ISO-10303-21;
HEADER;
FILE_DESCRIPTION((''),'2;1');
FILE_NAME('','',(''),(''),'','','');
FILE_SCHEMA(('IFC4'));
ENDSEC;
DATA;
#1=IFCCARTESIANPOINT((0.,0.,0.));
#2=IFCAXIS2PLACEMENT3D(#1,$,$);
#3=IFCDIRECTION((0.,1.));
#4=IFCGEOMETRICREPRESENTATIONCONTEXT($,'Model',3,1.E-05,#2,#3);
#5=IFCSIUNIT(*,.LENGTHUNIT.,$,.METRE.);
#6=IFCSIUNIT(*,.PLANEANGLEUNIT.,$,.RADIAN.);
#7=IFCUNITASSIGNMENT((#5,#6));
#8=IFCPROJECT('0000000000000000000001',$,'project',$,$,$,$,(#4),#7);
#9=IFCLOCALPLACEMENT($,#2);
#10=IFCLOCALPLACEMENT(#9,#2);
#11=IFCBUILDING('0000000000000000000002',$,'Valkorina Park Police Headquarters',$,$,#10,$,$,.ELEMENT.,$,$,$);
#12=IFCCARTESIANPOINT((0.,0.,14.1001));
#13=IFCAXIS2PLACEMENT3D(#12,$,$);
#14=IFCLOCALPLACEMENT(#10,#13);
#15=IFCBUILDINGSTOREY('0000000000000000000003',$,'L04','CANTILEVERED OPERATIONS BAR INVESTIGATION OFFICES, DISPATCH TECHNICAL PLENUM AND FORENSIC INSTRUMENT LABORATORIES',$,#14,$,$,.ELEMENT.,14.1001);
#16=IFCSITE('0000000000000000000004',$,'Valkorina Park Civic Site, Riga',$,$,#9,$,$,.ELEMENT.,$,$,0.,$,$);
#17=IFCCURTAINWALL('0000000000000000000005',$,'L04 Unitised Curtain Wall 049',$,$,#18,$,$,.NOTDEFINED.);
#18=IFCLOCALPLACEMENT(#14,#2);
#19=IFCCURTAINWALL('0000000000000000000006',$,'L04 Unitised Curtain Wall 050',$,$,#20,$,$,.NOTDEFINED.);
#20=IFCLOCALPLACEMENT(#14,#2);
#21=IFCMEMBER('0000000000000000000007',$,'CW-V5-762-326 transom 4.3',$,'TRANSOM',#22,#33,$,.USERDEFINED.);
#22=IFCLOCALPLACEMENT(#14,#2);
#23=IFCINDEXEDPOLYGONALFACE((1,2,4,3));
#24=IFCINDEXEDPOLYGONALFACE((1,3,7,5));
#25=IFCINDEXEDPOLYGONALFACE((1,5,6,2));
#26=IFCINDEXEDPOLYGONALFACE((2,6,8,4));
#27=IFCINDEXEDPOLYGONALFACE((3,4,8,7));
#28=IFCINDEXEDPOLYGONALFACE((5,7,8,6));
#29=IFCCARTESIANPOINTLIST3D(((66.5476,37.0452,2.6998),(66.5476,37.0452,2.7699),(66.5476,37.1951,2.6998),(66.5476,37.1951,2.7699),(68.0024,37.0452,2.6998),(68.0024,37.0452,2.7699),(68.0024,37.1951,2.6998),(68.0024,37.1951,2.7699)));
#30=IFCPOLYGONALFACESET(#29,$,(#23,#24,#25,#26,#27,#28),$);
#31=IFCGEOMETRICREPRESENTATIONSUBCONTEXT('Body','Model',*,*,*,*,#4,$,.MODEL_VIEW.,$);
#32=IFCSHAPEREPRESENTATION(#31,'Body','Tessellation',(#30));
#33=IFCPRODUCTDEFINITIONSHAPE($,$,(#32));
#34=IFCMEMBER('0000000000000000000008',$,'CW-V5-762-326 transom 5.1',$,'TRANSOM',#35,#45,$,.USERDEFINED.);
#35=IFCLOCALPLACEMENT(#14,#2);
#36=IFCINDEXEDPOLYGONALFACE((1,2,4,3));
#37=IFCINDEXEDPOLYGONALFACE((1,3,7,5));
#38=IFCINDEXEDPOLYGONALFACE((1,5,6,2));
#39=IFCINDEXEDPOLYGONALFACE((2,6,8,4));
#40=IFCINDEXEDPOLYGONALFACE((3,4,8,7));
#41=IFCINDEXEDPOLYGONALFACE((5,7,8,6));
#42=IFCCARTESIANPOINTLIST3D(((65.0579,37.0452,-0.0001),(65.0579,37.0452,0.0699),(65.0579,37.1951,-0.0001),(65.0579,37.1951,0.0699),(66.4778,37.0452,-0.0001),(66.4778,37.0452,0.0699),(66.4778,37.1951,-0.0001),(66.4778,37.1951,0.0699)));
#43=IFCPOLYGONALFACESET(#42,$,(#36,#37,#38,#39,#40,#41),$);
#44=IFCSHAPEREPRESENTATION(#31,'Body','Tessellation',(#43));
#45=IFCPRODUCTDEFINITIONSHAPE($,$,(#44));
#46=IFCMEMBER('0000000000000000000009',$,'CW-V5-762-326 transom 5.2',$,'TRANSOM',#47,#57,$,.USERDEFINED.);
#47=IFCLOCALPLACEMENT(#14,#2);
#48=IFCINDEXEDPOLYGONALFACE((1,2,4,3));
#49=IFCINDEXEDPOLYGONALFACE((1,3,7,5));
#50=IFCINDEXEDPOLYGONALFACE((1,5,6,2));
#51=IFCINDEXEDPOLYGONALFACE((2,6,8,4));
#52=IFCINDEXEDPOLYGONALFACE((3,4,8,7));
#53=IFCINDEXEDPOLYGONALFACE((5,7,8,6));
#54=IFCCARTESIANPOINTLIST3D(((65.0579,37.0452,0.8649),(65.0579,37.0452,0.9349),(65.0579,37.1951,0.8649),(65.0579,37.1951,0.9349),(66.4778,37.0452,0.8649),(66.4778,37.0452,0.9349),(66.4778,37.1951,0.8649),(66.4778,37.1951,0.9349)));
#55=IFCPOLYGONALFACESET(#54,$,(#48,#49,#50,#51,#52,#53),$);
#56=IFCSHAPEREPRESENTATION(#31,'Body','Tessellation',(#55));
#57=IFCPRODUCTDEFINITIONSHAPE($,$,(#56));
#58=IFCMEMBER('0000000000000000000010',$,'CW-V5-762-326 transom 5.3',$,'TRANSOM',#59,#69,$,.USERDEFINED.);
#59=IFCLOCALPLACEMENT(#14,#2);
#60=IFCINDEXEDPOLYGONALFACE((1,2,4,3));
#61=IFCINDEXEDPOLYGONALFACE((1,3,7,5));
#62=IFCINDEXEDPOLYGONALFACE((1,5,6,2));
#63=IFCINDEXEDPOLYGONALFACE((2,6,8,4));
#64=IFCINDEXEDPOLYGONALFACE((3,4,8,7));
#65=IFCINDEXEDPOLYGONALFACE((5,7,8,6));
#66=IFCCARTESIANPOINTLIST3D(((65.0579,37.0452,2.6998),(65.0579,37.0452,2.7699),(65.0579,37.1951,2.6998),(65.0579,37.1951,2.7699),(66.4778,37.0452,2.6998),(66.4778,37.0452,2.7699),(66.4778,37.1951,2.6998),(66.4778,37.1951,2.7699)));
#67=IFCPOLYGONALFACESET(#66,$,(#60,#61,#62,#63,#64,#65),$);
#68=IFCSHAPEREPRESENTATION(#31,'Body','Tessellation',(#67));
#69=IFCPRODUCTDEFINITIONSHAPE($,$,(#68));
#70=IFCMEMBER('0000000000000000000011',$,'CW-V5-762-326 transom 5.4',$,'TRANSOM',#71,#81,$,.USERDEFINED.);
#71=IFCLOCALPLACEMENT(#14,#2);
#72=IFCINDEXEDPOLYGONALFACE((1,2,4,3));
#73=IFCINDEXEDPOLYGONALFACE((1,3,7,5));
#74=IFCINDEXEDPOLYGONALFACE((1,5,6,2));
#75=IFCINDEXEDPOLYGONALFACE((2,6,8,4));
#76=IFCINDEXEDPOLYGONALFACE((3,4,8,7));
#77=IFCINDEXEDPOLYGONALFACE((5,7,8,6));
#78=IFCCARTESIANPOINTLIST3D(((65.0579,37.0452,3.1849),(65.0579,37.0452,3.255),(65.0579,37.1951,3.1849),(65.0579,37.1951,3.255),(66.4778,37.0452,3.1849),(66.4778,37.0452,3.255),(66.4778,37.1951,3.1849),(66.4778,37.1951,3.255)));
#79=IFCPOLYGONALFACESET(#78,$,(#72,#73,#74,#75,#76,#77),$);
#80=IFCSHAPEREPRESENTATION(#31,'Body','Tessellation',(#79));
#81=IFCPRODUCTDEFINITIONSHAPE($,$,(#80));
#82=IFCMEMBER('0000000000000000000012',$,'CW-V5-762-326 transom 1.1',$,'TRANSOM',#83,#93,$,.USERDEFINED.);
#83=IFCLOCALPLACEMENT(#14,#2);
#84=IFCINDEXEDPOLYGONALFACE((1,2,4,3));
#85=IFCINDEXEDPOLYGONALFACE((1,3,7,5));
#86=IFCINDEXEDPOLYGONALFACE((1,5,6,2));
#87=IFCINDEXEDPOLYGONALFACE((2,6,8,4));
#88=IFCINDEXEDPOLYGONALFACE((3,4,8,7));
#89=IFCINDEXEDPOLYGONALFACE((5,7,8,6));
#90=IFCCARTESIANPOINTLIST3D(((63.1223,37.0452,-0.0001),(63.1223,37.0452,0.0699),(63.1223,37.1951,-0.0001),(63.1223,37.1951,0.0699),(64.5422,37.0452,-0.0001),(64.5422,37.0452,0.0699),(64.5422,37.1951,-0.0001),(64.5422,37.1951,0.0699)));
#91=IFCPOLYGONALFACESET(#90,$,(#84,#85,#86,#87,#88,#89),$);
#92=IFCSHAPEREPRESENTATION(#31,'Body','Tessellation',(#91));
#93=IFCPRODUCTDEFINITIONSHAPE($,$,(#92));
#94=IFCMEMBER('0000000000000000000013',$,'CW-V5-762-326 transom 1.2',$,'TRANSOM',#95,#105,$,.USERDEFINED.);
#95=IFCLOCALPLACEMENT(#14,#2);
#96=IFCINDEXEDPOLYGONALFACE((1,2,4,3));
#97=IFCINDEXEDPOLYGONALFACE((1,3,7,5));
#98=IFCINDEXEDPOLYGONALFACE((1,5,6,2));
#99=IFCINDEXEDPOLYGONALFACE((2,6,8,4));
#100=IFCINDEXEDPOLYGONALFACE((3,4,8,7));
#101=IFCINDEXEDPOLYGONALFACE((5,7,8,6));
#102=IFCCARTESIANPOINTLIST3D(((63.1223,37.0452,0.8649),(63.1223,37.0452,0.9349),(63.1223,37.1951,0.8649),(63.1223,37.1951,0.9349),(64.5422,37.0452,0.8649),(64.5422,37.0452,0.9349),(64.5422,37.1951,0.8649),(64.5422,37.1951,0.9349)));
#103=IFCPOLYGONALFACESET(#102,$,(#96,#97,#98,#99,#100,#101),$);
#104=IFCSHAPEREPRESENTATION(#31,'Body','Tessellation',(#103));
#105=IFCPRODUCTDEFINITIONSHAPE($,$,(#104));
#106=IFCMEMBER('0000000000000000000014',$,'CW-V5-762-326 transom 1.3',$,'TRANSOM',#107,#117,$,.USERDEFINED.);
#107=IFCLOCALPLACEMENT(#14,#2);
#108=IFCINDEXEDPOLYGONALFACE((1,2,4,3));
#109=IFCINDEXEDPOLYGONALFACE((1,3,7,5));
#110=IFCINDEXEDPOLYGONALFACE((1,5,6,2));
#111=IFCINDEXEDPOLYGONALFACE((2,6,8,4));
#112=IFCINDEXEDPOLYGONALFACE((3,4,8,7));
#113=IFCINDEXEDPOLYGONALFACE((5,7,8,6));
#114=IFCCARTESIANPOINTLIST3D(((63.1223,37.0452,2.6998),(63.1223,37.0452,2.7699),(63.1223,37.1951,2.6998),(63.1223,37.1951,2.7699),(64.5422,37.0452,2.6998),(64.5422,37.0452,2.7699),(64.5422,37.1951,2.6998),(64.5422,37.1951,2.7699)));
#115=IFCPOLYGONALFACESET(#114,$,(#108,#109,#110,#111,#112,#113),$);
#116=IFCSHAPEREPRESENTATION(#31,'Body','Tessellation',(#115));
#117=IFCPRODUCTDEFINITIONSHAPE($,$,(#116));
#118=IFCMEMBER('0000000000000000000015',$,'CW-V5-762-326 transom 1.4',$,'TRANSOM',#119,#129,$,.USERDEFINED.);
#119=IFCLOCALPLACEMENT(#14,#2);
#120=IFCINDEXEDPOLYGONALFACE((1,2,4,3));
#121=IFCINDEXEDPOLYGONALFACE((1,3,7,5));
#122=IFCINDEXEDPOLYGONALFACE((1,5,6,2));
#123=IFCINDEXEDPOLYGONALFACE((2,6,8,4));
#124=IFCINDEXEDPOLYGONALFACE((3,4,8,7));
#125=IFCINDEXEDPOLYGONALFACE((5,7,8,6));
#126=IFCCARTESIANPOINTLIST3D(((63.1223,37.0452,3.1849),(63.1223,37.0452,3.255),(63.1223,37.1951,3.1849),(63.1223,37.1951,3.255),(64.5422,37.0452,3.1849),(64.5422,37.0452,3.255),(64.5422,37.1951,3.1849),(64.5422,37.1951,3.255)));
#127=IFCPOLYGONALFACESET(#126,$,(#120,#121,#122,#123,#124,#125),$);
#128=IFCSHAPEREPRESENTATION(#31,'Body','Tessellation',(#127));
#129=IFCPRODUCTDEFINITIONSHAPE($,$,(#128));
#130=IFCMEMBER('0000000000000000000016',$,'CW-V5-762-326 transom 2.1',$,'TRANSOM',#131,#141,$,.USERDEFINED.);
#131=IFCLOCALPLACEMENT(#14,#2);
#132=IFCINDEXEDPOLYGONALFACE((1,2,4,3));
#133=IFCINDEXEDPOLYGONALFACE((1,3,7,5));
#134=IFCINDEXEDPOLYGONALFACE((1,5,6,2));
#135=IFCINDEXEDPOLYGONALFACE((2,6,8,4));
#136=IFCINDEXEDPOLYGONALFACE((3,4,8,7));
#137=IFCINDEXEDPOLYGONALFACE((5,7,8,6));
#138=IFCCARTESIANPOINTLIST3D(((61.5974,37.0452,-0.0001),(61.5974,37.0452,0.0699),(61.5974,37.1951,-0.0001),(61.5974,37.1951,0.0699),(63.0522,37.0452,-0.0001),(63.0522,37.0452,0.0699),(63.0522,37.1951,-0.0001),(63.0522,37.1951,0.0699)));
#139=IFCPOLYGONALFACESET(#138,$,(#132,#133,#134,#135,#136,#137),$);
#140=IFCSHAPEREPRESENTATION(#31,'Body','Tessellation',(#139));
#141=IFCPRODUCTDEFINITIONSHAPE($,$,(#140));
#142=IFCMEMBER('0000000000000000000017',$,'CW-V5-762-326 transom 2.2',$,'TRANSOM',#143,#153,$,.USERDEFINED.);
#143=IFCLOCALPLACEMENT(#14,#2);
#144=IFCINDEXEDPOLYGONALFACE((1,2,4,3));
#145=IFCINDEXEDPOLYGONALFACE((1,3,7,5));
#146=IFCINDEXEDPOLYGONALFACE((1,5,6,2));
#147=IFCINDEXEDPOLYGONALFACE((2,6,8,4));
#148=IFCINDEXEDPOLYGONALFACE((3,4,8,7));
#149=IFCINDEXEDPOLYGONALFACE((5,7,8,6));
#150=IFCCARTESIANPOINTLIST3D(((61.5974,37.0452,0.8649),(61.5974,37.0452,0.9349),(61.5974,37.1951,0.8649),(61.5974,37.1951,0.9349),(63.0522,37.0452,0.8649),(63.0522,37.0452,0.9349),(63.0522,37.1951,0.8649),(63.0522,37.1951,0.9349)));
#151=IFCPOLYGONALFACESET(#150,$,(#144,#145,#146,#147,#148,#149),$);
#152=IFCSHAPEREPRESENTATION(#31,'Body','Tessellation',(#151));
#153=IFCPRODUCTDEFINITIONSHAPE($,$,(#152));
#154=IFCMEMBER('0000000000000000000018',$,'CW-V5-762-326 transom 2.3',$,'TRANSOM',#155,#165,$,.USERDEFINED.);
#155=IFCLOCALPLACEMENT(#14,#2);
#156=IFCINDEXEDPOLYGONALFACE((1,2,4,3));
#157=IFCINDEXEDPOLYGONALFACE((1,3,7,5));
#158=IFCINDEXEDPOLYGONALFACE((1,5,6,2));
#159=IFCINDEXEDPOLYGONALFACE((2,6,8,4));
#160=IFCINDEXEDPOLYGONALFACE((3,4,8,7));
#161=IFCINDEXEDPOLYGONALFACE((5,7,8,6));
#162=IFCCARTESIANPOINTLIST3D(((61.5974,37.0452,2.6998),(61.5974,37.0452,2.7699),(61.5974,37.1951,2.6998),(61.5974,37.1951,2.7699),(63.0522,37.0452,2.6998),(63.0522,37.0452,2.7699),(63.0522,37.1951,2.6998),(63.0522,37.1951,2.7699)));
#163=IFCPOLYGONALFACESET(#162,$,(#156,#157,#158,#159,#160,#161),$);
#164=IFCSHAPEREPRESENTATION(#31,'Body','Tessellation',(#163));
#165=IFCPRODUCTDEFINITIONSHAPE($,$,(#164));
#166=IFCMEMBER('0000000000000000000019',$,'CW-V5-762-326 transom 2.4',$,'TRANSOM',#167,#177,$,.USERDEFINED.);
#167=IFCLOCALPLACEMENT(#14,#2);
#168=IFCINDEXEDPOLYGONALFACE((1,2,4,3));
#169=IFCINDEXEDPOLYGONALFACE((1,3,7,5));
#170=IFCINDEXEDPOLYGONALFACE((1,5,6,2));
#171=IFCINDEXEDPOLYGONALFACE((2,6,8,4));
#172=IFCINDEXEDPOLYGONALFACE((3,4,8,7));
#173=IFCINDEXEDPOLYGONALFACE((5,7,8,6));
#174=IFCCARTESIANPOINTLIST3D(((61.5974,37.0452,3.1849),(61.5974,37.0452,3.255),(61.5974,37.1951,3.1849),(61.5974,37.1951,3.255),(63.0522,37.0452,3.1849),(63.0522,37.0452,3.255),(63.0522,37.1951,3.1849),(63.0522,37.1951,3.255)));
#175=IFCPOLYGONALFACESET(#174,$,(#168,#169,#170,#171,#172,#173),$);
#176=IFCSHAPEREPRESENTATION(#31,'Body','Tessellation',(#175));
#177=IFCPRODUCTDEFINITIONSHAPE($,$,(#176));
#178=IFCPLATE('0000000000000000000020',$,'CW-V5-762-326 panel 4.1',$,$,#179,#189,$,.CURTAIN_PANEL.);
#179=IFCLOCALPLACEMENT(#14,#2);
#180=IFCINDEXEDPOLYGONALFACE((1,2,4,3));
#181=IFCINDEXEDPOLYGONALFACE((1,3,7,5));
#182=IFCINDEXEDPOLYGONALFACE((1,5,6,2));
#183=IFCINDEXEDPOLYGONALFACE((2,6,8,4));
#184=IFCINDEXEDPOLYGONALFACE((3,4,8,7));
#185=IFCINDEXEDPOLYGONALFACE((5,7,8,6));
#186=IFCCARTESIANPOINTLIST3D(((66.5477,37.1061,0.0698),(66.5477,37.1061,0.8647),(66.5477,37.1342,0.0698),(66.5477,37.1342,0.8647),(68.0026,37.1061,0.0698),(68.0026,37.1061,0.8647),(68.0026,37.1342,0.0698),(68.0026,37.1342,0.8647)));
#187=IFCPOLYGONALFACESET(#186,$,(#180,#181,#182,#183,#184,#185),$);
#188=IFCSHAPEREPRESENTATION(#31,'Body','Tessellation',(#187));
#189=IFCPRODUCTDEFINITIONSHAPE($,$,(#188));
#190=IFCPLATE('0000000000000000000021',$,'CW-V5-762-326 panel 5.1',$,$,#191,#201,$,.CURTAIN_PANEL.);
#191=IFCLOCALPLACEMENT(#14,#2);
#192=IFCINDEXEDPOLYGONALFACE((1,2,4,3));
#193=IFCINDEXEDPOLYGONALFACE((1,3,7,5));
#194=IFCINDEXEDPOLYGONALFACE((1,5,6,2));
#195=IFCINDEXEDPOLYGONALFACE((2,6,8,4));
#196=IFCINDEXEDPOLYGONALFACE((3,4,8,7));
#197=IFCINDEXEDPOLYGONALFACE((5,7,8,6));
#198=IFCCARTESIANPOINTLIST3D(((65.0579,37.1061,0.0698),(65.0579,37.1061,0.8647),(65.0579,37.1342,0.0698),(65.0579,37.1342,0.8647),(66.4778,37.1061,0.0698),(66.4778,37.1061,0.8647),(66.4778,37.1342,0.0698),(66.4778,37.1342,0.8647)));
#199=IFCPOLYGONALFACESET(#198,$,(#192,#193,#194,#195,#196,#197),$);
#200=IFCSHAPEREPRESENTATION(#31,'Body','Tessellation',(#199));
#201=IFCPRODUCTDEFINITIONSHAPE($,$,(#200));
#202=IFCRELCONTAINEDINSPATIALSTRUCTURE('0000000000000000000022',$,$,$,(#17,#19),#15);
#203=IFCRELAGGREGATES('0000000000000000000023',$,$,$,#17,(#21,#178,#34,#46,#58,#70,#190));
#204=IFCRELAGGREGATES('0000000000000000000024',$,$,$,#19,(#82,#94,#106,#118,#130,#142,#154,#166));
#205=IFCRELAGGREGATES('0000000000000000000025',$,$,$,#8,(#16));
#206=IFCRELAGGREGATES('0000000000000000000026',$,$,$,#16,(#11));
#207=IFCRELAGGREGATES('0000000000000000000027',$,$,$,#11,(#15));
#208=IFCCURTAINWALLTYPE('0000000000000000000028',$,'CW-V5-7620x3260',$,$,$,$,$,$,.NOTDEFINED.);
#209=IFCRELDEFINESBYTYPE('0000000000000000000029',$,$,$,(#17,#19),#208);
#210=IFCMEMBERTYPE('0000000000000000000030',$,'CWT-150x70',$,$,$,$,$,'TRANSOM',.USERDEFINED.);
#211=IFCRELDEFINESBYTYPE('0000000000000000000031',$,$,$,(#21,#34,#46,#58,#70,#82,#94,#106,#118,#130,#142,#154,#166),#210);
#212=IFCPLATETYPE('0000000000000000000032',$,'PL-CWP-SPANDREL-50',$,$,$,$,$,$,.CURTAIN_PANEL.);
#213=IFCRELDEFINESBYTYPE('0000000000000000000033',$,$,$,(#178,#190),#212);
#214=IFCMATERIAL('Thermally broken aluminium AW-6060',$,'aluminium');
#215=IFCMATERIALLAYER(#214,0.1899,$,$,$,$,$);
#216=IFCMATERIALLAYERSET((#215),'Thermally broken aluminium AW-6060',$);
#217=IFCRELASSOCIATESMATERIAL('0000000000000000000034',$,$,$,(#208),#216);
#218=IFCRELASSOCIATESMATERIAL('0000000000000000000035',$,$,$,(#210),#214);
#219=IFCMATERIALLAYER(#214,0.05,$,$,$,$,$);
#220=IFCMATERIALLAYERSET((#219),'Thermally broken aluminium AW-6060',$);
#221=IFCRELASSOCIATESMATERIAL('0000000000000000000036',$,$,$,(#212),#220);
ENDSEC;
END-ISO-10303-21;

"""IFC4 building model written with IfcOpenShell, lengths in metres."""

from ifc_helpers import new_model, si_unit, direction, frame, origin, origin_2d, place, context, subcontext, project, spatial, rectangle, extrude, material, layer, layer_set, material_profile, profile_set, type_object, element, aggregate, save


model = new_model("IFC4")

# Units and contexts
model_context = context("Model", 3, precision=1e-05, world=origin(), true_north=direction((0.0, 1.0)))
body_context = subcontext(model_context, "Body", "Model", "MODEL_VIEW")
ifc_project = project(units=[si_unit("LENGTHUNIT", "METRE"), si_unit("PLANEANGLEUNIT", "RADIAN")], contexts=[model_context])

# Site, building, storey
site_placement = place(None, origin())
site = spatial("IfcSite", under=ifc_project, at=site_placement, Name="Valkorina Park Civic Site, Riga", CompositionType="ELEMENT", RefElevation=0.0)
building_placement = place(site_placement, origin())
building = spatial("IfcBuilding", under=site, at=building_placement, Name="Valkorina Park Police Headquarters", CompositionType="ELEMENT")
storey_placement = place(building_placement, frame((0.0, 0.0, 14.1001)))
storey = spatial("IfcBuildingStorey", under=building, at=storey_placement, Name="L04", Description="CANTILEVERED OPERATIONS BAR INVESTIGATION OFFICES, DISPATCH TECHNICAL PLENUM AND FORENSIC INSTRUMENT LABORATORIES", CompositionType="ELEMENT", Elevation=14.1001)

# Curtain walls
ifc_material_1 = material(Name="Thermally broken aluminium AW-6060", Category="aluminium")
ifc_layer_1 = layer(ifc_material_1, 0.1899)
ifc_layer_set_1 = layer_set([ifc_layer_1], Name="Thermally broken aluminium AW-6060")
curtain_wall_type = type_object("IfcCurtainWallType", Name="CW-V5-7620x3260", PredefinedType="NOTDEFINED", material=ifc_layer_set_1)
curtain_wall_1_placement = place(storey_placement, origin())
curtain_wall_1 = element("IfcCurtainWall", 1, at=curtain_wall_1_placement, inside=storey, type_object=curtain_wall_type, Name="L04 Unitised Curtain Wall 049", PredefinedType="NOTDEFINED")
curtain_wall_2_placement = place(storey_placement, origin())
curtain_wall_2 = element("IfcCurtainWall", 2, at=curtain_wall_2_placement, inside=storey, type_object=curtain_wall_type, Name="L04 Unitised Curtain Wall 050", PredefinedType="NOTDEFINED")

# Members
ifc_material_profile_1 = material_profile(ifc_material_1, rectangle(XDim=0.1499, YDim=0.0701, at=origin_2d()), Name="CWT-02 150x70")
ifc_profile_set_1 = profile_set([ifc_material_profile_1], Name="Thermally broken aluminium AW-6060")
member_type_1 = type_object("IfcMemberType", Name="CWT-150x70", ElementType="TRANSOM", PredefinedType="USERDEFINED", material=ifc_profile_set_1)
member_1_placement = place(storey_placement, frame((68.0024, 37.1201, 2.7349), z_axis=(-1.0, 0.0, 0.0), x_axis=(0.0, -1.0, 0.0)))
member_1 = element("IfcMember", 3, at=member_1_placement, type_object=member_type_1, Name="CW-V5-762-326 transom 4.3", ObjectType="TRANSOM", PredefinedType="USERDEFINED", context=body_context, shape_type="SweptSolid", body=[
    extrude(rectangle(XDim=0.1499, YDim=0.0701, at=origin_2d()), origin(), (0.0, 0.0, 1.0), 1.4548),
])
member_2_placement = place(storey_placement, frame((66.4778, 37.1201, 0.0349), z_axis=(-1.0, 0.0, 0.0), x_axis=(0.0, -1.0, 0.0)))
member_2 = element("IfcMember", 4, at=member_2_placement, type_object=member_type_1, Name="CW-V5-762-326 transom 5.1", ObjectType="TRANSOM", PredefinedType="USERDEFINED", context=body_context, shape_type="SweptSolid", body=[
    extrude(rectangle(XDim=0.1499, YDim=0.0701, at=origin_2d()), origin(), (0.0, 0.0, 1.0), 1.4199),
])
member_3_placement = place(storey_placement, frame((66.4778, 37.1201, 0.8999), z_axis=(-1.0, 0.0, 0.0), x_axis=(0.0, -1.0, 0.0)))
member_3 = element("IfcMember", 5, at=member_3_placement, type_object=member_type_1, Name="CW-V5-762-326 transom 5.2", ObjectType="TRANSOM", PredefinedType="USERDEFINED", context=body_context, shape_type="SweptSolid", body=[
    extrude(rectangle(XDim=0.1499, YDim=0.0701, at=origin_2d()), origin(), (0.0, 0.0, 1.0), 1.4199),
])
member_4_placement = place(storey_placement, frame((66.4778, 37.1201, 2.7349), z_axis=(-1.0, 0.0, 0.0), x_axis=(0.0, -1.0, 0.0)))
member_4 = element("IfcMember", 6, at=member_4_placement, type_object=member_type_1, Name="CW-V5-762-326 transom 5.3", ObjectType="TRANSOM", PredefinedType="USERDEFINED", context=body_context, shape_type="SweptSolid", body=[
    extrude(rectangle(XDim=0.1499, YDim=0.0701, at=origin_2d()), origin(), (0.0, 0.0, 1.0), 1.4199),
])
member_5_placement = place(storey_placement, frame((66.4778, 37.1201, 3.22), z_axis=(-1.0, 0.0, 0.0), x_axis=(0.0, -1.0, 0.0)))
member_5 = element("IfcMember", 7, at=member_5_placement, type_object=member_type_1, Name="CW-V5-762-326 transom 5.4", ObjectType="TRANSOM", PredefinedType="USERDEFINED", context=body_context, shape_type="SweptSolid", body=[
    extrude(rectangle(XDim=0.1499, YDim=0.0701, at=origin_2d()), origin(), (0.0, 0.0, 1.0), 1.4199),
])
member_6_placement = place(storey_placement, frame((64.5422, 37.1201, 0.0349), z_axis=(-1.0, 0.0, 0.0), x_axis=(0.0, -1.0, 0.0)))
member_6 = element("IfcMember", 8, at=member_6_placement, type_object=member_type_1, Name="CW-V5-762-326 transom 1.1", ObjectType="TRANSOM", PredefinedType="USERDEFINED", context=body_context, shape_type="SweptSolid", body=[
    extrude(rectangle(XDim=0.1499, YDim=0.0701, at=origin_2d()), origin(), (0.0, 0.0, 1.0), 1.4199),
])
member_7_placement = place(storey_placement, frame((64.5422, 37.1201, 0.8999), z_axis=(-1.0, 0.0, 0.0), x_axis=(0.0, -1.0, 0.0)))
member_7 = element("IfcMember", 9, at=member_7_placement, type_object=member_type_1, Name="CW-V5-762-326 transom 1.2", ObjectType="TRANSOM", PredefinedType="USERDEFINED", context=body_context, shape_type="SweptSolid", body=[
    extrude(rectangle(XDim=0.1499, YDim=0.0701, at=origin_2d()), origin(), (0.0, 0.0, 1.0), 1.4199),
])
member_8_placement = place(storey_placement, frame((64.5422, 37.1201, 2.7349), z_axis=(-1.0, 0.0, 0.0), x_axis=(0.0, -1.0, 0.0)))
member_8 = element("IfcMember", 10, at=member_8_placement, type_object=member_type_1, Name="CW-V5-762-326 transom 1.3", ObjectType="TRANSOM", PredefinedType="USERDEFINED", context=body_context, shape_type="SweptSolid", body=[
    extrude(rectangle(XDim=0.1499, YDim=0.0701, at=origin_2d()), origin(), (0.0, 0.0, 1.0), 1.4199),
])
member_9_placement = place(storey_placement, frame((64.5422, 37.1201, 3.22), z_axis=(-1.0, 0.0, 0.0), x_axis=(0.0, -1.0, 0.0)))
member_9 = element("IfcMember", 11, at=member_9_placement, type_object=member_type_1, Name="CW-V5-762-326 transom 1.4", ObjectType="TRANSOM", PredefinedType="USERDEFINED", context=body_context, shape_type="SweptSolid", body=[
    extrude(rectangle(XDim=0.1499, YDim=0.0701, at=origin_2d()), origin(), (0.0, 0.0, 1.0), 1.4199),
])
member_10_placement = place(storey_placement, frame((63.0522, 37.1201, 0.0349), z_axis=(-1.0, 0.0, 0.0), x_axis=(0.0, -1.0, 0.0)))
member_10 = element("IfcMember", 12, at=member_10_placement, type_object=member_type_1, Name="CW-V5-762-326 transom 2.1", ObjectType="TRANSOM", PredefinedType="USERDEFINED", context=body_context, shape_type="SweptSolid", body=[
    extrude(rectangle(XDim=0.1499, YDim=0.0701, at=origin_2d()), origin(), (0.0, 0.0, 1.0), 1.4548),
])
member_11_placement = place(storey_placement, frame((63.0522, 37.1201, 0.8999), z_axis=(-1.0, 0.0, 0.0), x_axis=(0.0, -1.0, 0.0)))
member_11 = element("IfcMember", 13, at=member_11_placement, type_object=member_type_1, Name="CW-V5-762-326 transom 2.2", ObjectType="TRANSOM", PredefinedType="USERDEFINED", context=body_context, shape_type="SweptSolid", body=[
    extrude(rectangle(XDim=0.1499, YDim=0.0701, at=origin_2d()), origin(), (0.0, 0.0, 1.0), 1.4548),
])
member_12_placement = place(storey_placement, frame((63.0522, 37.1201, 2.7349), z_axis=(-1.0, 0.0, 0.0), x_axis=(0.0, -1.0, 0.0)))
member_12 = element("IfcMember", 14, at=member_12_placement, type_object=member_type_1, Name="CW-V5-762-326 transom 2.3", ObjectType="TRANSOM", PredefinedType="USERDEFINED", context=body_context, shape_type="SweptSolid", body=[
    extrude(rectangle(XDim=0.1499, YDim=0.0701, at=origin_2d()), origin(), (0.0, 0.0, 1.0), 1.4548),
])
member_13_placement = place(storey_placement, frame((63.0522, 37.1201, 3.22), z_axis=(-1.0, 0.0, 0.0), x_axis=(0.0, -1.0, 0.0)))
member_13 = element("IfcMember", 15, at=member_13_placement, type_object=member_type_1, Name="CW-V5-762-326 transom 2.4", ObjectType="TRANSOM", PredefinedType="USERDEFINED", context=body_context, shape_type="SweptSolid", body=[
    extrude(rectangle(XDim=0.1499, YDim=0.0701, at=origin_2d()), origin(), (0.0, 0.0, 1.0), 1.4548),
])

# Plates
ifc_layer_2 = layer(ifc_material_1, 0.05)
ifc_layer_set_2 = layer_set([ifc_layer_2], Name="Thermally broken aluminium AW-6060")
plate_type_1 = type_object("IfcPlateType", Name="PL-CWP-SPANDREL-50", PredefinedType="CURTAIN_PANEL", material=ifc_layer_set_2)
plate_1_placement = place(storey_placement, frame((67.2751, 37.1201, 0.0698), z_axis=(0.0, 0.0, 1.0), x_axis=(-1.0, 0.0, 0.0)))
plate_1 = element("IfcPlate", 16, at=plate_1_placement, type_object=plate_type_1, Name="CW-V5-762-326 panel 4.1", PredefinedType="CURTAIN_PANEL", context=body_context, shape_type="SweptSolid", body=[
    extrude(rectangle(XDim=1.4548, YDim=0.0281, at=origin_2d()), origin(), (0.0, 0.0, 1.0), 0.7949),
])
plate_2_placement = place(storey_placement, frame((65.7678, 37.1201, 0.0698), z_axis=(0.0, 0.0, 1.0), x_axis=(-1.0, 0.0, 0.0)))
plate_2 = element("IfcPlate", 17, at=plate_2_placement, type_object=plate_type_1, Name="CW-V5-762-326 panel 5.1", PredefinedType="CURTAIN_PANEL", context=body_context, shape_type="SweptSolid", body=[
    extrude(rectangle(XDim=1.4199, YDim=0.0281, at=origin_2d()), origin(), (0.0, 0.0, 1.0), 0.7949),
])
aggregate(curtain_wall_1, [member_1, plate_1, member_2, member_3, member_4, member_5, plate_2])
aggregate(curtain_wall_2, [member_6, member_7, member_8, member_9, member_10, member_11, member_12, member_13])

save(model, "model.ifc")
